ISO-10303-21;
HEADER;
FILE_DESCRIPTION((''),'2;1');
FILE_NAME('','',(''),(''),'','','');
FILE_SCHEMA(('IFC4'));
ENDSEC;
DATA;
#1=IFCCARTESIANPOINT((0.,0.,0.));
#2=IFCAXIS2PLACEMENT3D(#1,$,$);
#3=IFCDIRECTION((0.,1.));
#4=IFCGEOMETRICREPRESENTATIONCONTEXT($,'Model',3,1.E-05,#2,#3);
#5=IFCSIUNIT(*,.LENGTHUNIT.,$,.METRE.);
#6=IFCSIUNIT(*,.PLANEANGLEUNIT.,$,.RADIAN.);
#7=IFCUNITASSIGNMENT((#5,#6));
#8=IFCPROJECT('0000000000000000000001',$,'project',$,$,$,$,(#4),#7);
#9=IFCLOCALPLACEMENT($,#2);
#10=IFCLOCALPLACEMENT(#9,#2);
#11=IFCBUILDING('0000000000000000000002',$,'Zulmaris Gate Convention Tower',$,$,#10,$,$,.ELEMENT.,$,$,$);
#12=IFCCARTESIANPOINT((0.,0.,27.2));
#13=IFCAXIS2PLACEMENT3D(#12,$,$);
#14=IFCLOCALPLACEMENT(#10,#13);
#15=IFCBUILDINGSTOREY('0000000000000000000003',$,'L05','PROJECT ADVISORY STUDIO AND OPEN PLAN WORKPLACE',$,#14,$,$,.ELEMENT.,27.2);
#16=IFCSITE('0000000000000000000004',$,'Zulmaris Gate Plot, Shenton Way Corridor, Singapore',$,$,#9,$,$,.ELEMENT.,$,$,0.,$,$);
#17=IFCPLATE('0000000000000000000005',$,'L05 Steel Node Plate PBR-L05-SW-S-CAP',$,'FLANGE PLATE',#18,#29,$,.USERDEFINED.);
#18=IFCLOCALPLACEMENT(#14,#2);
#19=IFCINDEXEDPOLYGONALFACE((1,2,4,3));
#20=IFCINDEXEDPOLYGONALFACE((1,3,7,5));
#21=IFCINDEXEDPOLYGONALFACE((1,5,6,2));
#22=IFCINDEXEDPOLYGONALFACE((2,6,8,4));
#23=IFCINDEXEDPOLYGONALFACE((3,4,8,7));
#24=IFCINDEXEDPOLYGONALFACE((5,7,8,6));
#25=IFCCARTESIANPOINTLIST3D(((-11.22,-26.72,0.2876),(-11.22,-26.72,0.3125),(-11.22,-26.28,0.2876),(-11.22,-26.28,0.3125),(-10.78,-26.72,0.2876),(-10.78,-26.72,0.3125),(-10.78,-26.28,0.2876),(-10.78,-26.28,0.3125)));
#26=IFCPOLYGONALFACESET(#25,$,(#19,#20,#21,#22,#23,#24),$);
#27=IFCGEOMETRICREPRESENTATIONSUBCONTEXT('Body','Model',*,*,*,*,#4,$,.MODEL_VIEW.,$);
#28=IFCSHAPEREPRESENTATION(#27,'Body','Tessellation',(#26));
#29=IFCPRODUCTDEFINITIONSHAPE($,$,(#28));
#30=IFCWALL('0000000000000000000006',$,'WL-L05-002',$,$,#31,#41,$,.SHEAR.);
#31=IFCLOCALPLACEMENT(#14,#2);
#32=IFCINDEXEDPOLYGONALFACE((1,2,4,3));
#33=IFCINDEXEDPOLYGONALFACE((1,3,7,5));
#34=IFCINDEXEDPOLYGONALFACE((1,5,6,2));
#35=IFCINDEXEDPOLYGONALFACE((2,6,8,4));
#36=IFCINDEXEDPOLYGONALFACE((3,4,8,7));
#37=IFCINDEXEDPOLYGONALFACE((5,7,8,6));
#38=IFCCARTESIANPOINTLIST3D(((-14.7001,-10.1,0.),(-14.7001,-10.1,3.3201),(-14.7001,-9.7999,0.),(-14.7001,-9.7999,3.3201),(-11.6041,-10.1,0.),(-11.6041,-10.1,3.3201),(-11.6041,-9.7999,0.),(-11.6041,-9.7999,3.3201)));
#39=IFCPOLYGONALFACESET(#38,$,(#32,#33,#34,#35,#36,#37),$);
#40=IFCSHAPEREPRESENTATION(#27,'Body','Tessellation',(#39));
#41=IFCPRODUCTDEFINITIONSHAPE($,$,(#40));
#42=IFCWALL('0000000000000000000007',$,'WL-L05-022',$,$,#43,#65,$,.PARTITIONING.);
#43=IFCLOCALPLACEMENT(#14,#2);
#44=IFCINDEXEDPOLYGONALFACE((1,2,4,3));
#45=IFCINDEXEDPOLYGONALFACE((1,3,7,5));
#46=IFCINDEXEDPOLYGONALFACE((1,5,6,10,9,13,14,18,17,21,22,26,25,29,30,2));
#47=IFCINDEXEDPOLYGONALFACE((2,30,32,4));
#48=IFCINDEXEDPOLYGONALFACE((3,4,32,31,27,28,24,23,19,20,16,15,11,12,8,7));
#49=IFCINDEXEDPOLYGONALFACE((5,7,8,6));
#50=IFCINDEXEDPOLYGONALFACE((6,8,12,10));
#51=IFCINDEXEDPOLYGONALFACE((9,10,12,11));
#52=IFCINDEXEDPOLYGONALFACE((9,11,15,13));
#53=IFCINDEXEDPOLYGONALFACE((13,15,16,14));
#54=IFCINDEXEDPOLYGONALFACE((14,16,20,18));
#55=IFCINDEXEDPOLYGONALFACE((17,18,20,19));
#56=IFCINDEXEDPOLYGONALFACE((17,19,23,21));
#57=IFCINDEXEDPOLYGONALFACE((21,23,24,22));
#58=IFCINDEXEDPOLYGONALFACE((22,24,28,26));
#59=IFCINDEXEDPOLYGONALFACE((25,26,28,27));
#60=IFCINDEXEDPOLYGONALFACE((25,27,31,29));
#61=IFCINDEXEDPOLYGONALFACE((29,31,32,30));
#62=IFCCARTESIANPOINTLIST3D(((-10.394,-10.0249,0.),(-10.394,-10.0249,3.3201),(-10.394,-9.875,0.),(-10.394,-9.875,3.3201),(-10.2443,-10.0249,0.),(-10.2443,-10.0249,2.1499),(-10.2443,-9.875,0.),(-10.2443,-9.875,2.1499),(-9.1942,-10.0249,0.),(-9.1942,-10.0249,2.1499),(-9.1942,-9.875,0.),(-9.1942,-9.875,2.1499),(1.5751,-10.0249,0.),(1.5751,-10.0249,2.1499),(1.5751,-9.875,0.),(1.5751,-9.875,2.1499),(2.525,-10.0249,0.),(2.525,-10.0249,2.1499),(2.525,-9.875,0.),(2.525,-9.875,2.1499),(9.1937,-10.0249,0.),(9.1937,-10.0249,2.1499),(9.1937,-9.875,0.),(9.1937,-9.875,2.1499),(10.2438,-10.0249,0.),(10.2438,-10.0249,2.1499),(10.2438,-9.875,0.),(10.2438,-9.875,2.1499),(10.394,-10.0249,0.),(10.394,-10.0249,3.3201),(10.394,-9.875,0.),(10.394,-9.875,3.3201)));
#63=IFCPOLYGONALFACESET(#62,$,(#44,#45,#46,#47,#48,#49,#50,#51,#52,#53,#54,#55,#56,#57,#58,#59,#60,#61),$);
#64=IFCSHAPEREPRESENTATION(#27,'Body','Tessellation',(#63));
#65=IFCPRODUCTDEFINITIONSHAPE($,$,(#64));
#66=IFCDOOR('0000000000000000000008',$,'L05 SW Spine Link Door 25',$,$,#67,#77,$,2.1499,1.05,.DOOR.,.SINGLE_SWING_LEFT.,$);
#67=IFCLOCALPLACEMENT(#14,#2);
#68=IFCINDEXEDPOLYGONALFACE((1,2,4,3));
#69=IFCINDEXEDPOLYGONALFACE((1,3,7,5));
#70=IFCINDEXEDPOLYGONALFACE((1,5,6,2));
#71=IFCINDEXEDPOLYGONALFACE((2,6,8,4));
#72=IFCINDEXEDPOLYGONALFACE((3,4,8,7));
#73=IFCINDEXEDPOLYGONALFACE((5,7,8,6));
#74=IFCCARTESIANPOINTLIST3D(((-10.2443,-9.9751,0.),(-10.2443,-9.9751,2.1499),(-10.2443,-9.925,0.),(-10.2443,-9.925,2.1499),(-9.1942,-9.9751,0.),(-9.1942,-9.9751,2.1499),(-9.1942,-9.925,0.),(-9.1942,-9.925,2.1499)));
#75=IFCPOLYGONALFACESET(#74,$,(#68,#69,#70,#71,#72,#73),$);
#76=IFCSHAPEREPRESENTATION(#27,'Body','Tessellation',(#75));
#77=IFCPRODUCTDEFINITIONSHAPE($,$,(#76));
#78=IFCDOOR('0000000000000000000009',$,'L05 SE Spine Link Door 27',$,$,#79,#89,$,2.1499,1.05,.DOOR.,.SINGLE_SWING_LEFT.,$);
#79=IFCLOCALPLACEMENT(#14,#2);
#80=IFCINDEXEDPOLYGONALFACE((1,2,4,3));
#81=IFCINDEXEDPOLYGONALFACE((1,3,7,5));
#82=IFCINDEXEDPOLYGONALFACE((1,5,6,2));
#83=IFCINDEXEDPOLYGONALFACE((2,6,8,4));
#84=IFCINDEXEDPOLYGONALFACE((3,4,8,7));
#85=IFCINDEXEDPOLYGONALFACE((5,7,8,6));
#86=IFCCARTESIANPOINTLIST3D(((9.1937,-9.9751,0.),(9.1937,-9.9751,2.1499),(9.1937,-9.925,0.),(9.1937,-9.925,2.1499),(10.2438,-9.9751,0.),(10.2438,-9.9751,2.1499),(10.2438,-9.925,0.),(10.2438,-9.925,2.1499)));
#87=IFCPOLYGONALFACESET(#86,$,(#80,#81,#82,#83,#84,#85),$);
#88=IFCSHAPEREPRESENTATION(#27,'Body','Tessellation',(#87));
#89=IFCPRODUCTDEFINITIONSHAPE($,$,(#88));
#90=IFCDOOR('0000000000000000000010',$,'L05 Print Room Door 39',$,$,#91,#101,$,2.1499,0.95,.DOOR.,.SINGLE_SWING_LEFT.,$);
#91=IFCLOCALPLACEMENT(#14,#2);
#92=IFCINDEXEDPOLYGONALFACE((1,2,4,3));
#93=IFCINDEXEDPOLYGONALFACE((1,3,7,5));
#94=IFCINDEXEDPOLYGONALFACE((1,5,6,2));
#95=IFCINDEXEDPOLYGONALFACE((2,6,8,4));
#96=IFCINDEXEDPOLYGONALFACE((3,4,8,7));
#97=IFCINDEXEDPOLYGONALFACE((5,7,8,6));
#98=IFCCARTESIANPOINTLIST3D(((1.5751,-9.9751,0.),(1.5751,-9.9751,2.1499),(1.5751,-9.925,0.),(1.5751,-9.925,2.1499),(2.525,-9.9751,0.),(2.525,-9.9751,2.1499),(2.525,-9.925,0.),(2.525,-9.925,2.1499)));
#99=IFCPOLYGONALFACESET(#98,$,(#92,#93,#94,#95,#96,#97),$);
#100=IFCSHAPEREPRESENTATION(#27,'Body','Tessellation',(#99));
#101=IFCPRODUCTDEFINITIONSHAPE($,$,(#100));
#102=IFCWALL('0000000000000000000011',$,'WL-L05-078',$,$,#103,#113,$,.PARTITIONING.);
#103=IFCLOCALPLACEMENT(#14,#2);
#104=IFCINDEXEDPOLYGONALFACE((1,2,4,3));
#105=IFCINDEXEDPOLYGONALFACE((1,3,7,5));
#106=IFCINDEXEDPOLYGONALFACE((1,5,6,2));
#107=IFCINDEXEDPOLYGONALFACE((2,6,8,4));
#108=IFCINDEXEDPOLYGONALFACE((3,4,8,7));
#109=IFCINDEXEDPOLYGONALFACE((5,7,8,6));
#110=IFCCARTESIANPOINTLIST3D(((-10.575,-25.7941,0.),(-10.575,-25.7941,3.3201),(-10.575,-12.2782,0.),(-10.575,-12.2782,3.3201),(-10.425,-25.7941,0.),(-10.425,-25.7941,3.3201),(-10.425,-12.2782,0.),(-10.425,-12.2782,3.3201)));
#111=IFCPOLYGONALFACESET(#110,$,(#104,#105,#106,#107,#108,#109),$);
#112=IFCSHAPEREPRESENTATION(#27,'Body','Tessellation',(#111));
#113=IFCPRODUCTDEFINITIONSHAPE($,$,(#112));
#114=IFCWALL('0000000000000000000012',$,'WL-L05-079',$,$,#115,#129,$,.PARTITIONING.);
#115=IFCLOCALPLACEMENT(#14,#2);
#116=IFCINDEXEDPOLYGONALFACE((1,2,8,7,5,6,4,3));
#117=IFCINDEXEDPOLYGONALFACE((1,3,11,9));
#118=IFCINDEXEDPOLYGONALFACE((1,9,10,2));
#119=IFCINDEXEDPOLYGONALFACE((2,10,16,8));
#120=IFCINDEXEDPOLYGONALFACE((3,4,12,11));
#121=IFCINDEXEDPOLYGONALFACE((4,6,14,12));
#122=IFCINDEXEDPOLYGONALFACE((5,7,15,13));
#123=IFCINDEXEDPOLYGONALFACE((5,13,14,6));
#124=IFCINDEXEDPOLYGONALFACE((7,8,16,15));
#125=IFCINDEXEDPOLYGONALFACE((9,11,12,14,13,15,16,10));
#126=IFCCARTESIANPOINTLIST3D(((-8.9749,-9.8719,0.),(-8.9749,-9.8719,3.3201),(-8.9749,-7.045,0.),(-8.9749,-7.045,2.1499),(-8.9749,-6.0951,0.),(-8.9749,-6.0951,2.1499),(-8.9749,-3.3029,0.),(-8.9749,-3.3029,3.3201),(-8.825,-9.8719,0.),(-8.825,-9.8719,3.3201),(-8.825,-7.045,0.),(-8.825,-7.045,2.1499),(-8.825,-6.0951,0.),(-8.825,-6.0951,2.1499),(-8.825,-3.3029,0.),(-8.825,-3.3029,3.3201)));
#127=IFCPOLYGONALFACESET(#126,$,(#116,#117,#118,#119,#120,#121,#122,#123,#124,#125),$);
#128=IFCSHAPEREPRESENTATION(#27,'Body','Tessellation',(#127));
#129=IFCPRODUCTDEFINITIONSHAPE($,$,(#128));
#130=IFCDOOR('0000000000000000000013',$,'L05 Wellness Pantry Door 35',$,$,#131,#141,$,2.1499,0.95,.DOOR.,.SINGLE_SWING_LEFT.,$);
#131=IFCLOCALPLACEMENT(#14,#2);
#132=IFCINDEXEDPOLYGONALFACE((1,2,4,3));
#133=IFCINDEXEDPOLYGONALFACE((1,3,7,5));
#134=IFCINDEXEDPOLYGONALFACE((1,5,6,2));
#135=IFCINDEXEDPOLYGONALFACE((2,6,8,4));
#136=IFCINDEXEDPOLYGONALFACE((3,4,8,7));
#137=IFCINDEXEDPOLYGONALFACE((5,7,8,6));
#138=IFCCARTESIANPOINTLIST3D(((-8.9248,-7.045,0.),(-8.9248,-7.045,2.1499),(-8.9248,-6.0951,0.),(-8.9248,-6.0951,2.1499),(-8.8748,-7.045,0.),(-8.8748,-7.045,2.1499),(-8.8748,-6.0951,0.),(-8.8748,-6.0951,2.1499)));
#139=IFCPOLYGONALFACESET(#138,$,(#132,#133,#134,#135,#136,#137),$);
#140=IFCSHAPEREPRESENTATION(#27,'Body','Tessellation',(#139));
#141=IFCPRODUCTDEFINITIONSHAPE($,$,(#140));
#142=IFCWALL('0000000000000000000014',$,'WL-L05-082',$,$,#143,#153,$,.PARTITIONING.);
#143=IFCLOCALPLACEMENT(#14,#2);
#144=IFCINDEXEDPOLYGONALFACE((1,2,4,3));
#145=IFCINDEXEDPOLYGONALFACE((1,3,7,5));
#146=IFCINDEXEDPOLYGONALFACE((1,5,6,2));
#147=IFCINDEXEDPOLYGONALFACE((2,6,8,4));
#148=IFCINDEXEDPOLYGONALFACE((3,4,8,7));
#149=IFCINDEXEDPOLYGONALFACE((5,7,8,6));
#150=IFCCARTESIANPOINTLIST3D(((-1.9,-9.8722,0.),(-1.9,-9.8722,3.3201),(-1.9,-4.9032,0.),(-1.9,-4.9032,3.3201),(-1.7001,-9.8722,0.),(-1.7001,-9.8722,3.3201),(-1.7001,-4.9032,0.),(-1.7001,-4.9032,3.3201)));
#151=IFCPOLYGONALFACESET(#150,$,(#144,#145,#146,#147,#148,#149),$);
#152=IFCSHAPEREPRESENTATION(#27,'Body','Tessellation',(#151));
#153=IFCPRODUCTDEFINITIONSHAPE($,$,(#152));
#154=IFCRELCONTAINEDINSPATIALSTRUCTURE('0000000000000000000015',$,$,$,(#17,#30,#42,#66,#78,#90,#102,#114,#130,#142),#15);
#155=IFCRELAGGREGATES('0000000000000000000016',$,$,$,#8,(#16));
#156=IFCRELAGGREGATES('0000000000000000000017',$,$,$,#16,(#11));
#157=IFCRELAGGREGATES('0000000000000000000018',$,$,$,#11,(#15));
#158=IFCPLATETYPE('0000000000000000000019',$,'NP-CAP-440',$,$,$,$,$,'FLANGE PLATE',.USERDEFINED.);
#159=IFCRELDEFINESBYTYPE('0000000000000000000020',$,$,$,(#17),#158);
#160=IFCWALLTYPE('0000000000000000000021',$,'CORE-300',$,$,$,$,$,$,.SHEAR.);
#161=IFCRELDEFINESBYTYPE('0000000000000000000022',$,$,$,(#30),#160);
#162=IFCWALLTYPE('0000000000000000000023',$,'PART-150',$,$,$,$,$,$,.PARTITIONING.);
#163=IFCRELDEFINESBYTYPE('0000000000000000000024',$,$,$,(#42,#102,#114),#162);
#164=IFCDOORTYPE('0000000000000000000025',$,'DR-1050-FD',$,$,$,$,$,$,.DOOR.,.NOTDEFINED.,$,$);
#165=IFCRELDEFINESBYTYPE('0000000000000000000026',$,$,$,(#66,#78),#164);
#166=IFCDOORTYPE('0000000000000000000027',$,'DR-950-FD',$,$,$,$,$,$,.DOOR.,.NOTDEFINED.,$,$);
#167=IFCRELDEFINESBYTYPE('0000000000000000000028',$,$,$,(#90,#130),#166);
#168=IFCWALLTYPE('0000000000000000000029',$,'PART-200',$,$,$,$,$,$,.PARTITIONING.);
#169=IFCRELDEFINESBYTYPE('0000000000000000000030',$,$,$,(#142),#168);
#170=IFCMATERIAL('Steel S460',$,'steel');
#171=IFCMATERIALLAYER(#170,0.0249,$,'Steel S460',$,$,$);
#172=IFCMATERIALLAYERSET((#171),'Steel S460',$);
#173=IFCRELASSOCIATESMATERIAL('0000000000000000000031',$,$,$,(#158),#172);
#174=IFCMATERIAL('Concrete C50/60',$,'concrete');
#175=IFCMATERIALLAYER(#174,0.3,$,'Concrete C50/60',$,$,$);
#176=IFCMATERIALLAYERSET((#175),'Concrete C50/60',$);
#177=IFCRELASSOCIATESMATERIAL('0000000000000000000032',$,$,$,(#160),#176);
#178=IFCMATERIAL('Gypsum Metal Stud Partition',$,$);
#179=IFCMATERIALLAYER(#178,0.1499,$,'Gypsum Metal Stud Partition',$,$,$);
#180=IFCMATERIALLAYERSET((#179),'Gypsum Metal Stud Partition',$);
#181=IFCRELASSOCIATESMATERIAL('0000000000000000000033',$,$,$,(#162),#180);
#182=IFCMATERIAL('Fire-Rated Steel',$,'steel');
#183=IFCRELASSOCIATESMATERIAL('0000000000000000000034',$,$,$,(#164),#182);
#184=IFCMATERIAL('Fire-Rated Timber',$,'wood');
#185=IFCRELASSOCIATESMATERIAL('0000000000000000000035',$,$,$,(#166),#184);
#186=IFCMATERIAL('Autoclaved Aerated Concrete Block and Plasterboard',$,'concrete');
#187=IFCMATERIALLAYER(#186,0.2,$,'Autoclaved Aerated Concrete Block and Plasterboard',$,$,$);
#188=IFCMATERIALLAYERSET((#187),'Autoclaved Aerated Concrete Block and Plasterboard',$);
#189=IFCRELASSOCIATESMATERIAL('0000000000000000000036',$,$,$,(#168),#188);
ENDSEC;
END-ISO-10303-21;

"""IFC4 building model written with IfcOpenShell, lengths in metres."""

from ifc_helpers import new_model, si_unit, direction, frame, frame_2d, origin, origin_2d, place, context, subcontext, project, spatial, rectangle, extrude, material, layer, layer_set, type_object, element, fill, save


model = new_model("IFC4")

# Units and contexts
model_context = context("Model", 3, precision=1e-05, world=origin(), true_north=direction((0.0, 1.0)))
body_context = subcontext(model_context, "Body", "Model", "MODEL_VIEW")
ifc_project = project(units=[si_unit("LENGTHUNIT", "METRE"), si_unit("PLANEANGLEUNIT", "RADIAN")], contexts=[model_context])

# Site, building, storey
site_placement = place(None, origin())
site = spatial("IfcSite", under=ifc_project, at=site_placement, Name="Zulmaris Gate Plot, Shenton Way Corridor, Singapore", CompositionType="ELEMENT", RefElevation=0.0)
building_placement = place(site_placement, origin())
building = spatial("IfcBuilding", under=site, at=building_placement, Name="Zulmaris Gate Convention Tower", CompositionType="ELEMENT")
storey_placement = place(building_placement, frame((0.0, 0.0, 27.2)))
storey = spatial("IfcBuildingStorey", under=building, at=storey_placement, Name="L05", Description="PROJECT ADVISORY STUDIO AND OPEN PLAN WORKPLACE", CompositionType="ELEMENT", Elevation=27.2)

# Shared definitions
ifc_material_1 = material(Name="Steel S460", Category="steel")

# Plate
ifc_layer_1 = layer(ifc_material_1, 0.0249, Name="Steel S460")
ifc_layer_set_1 = layer_set([ifc_layer_1], Name="Steel S460")
plate_type = type_object("IfcPlateType", Name="NP-CAP-440", ElementType="FLANGE PLATE", PredefinedType="USERDEFINED", material=ifc_layer_set_1)
plate_placement = place(storey_placement, frame((-11.0, -26.5, 0.2876), z_axis=(0.0, 0.0, 1.0), x_axis=(1.0, 0.0, 0.0)))
element("IfcPlate", 1, at=plate_placement, inside=storey, type_object=plate_type, Name="L05 Steel Node Plate PBR-L05-SW-S-CAP", ObjectType="FLANGE PLATE", PredefinedType="USERDEFINED", context=body_context, shape_type="SweptSolid", body=[
    extrude(rectangle(XDim=0.4399, YDim=0.4399, at=origin_2d()), origin(), (0.0, 0.0, 1.0), 0.0249),
])

# Wall
ifc_material_2 = material(Name="Concrete C50/60", Category="concrete")
ifc_layer_2 = layer(ifc_material_2, 0.3, Name="Concrete C50/60")
ifc_layer_set_2 = layer_set([ifc_layer_2], Name="Concrete C50/60")
wall_type_1 = type_object("IfcWallType", Name="CORE-300", PredefinedType="SHEAR", material=ifc_layer_set_2)
wall_1_placement = place(storey_placement, frame((-14.7, -9.95, 0.0), z_axis=(0.0, 0.0, 1.0), x_axis=(1.0, 0.0, 0.0)))
element("IfcWall", 2, at=wall_1_placement, inside=storey, type_object=wall_type_1, Name="WL-L05-002", PredefinedType="SHEAR", context=body_context, shape_type="SweptSolid", body=[
    extrude(rectangle(XDim=3.0959, YDim=0.3, at=frame_2d((1.5479, 0.0))), origin(), (0.0, 0.0, 1.0), 3.3201),
])

# Wall, openings, doors
ifc_material_3 = material(Name="Gypsum Metal Stud Partition")
ifc_layer_3 = layer(ifc_material_3, 0.1499, Name="Gypsum Metal Stud Partition")
ifc_layer_set_3 = layer_set([ifc_layer_3], Name="Gypsum Metal Stud Partition")
wall_type_2 = type_object("IfcWallType", Name="PART-150", PredefinedType="PARTITIONING", material=ifc_layer_set_3)
wall_2_placement = place(storey_placement, frame((-10.394, -9.95, 0.0), z_axis=(0.0, 0.0, 1.0), x_axis=(1.0, 0.0, 0.0)))
wall_2 = element("IfcWall", 3, at=wall_2_placement, inside=storey, type_object=wall_type_2, Name="WL-L05-022", PredefinedType="PARTITIONING", context=body_context, shape_type="SweptSolid", body=[
    extrude(rectangle(XDim=20.7881, YDim=0.1499, at=frame_2d((10.394, 0.0))), origin(), (0.0, 0.0, 1.0), 3.3201),
])
opening_1_placement = place(wall_2_placement, frame((0.1499, 0.0, 0.0)))
opening_1 = element("IfcOpeningElement", 4, at=opening_1_placement, cuts=wall_2, PredefinedType="OPENING", context=body_context, shape_type="SweptSolid", body=[
    extrude(rectangle(XDim=1.05, YDim=2.1499, at=frame_2d((0.5249, 1.075))), frame((0.0, 0.085, 0.0), z_axis=(0.0, -1.0, 0.0), x_axis=(1.0, 0.0, 0.0)), (0.0, 0.0, 1.0), 0.1699),
])
opening_2_placement = place(wall_2_placement, frame((19.5879, 0.0, 0.0)))
opening_2 = element("IfcOpeningElement", 5, at=opening_2_placement, cuts=wall_2, PredefinedType="OPENING", context=body_context, shape_type="SweptSolid", body=[
    extrude(rectangle(XDim=1.05, YDim=2.1499, at=frame_2d((0.5249, 1.075))), frame((0.0, 0.085, 0.0), z_axis=(0.0, -1.0, 0.0), x_axis=(1.0, 0.0, 0.0)), (0.0, 0.0, 1.0), 0.1699),
])
opening_3_placement = place(wall_2_placement, frame((11.969, 0.0, 0.0)))
opening_3 = element("IfcOpeningElement", 6, at=opening_3_placement, cuts=wall_2, PredefinedType="OPENING", context=body_context, shape_type="SweptSolid", body=[
    extrude(rectangle(XDim=0.95, YDim=2.1499, at=frame_2d((0.4751, 1.075))), frame((0.0, 0.085, 0.0), z_axis=(0.0, -1.0, 0.0), x_axis=(1.0, 0.0, 0.0)), (0.0, 0.0, 1.0), 0.1699),
])
ifc_material_4 = material(Name="Fire-Rated Steel", Category="steel")
door_type_1 = type_object("IfcDoorType", Name="DR-1050-FD", OperationType="NOTDEFINED", PredefinedType="DOOR", material=ifc_material_4)
door_1_placement = place(opening_1_placement, origin())
door_1 = element("IfcDoor", 7, at=door_1_placement, inside=storey, type_object=door_type_1, Name="L05 SW Spine Link Door 25", OperationType="SINGLE_SWING_LEFT", OverallHeight=2.1499, OverallWidth=1.05, PredefinedType="DOOR", context=body_context, shape_type="SweptSolid", body=[
    extrude(rectangle(XDim=1.05, YDim=2.1499, at=frame_2d((0.5249, 1.075))), frame((0.0, 0.0249, 0.0), z_axis=(0.0, -1.0, 0.0), x_axis=(1.0, 0.0, 0.0)), (0.0, 0.0, 1.0), 0.05),
])
fill(opening_1, door_1)
door_2_placement = place(opening_2_placement, origin())
door_2 = element("IfcDoor", 8, at=door_2_placement, inside=storey, type_object=door_type_1, Name="L05 SE Spine Link Door 27", OperationType="SINGLE_SWING_LEFT", OverallHeight=2.1499, OverallWidth=1.05, PredefinedType="DOOR", context=body_context, shape_type="SweptSolid", body=[
    extrude(rectangle(XDim=1.05, YDim=2.1499, at=frame_2d((0.5249, 1.075))), frame((0.0, 0.0249, 0.0), z_axis=(0.0, -1.0, 0.0), x_axis=(1.0, 0.0, 0.0)), (0.0, 0.0, 1.0), 0.05),
])
fill(opening_2, door_2)
ifc_material_5 = material(Name="Fire-Rated Timber", Category="wood")
door_type_2 = type_object("IfcDoorType", Name="DR-950-FD", OperationType="NOTDEFINED", PredefinedType="DOOR", material=ifc_material_5)
door_3_placement = place(opening_3_placement, origin())
door_3 = element("IfcDoor", 9, at=door_3_placement, inside=storey, type_object=door_type_2, Name="L05 Print Room Door 39", OperationType="SINGLE_SWING_LEFT", OverallHeight=2.1499, OverallWidth=0.95, PredefinedType="DOOR", context=body_context, shape_type="SweptSolid", body=[
    extrude(rectangle(XDim=0.95, YDim=2.1499, at=frame_2d((0.4751, 1.075))), frame((0.0, 0.0249, 0.0), z_axis=(0.0, -1.0, 0.0), x_axis=(1.0, 0.0, 0.0)), (0.0, 0.0, 1.0), 0.05),
])
fill(opening_3, door_3)

# Wall
wall_3_placement = place(storey_placement, frame((-10.5, -25.7939, 0.0), z_axis=(0.0, 0.0, 1.0), x_axis=(0.0, 1.0, 0.0)))
element("IfcWall", 10, at=wall_3_placement, inside=storey, type_object=wall_type_2, Name="WL-L05-078", PredefinedType="PARTITIONING", context=body_context, shape_type="SweptSolid", body=[
    extrude(rectangle(XDim=13.5159, YDim=0.1499, at=frame_2d((6.7578, 0.0))), origin(), (0.0, 0.0, 1.0), 3.3201),
])

# Wall, opening, door
wall_4_placement = place(storey_placement, frame((-8.8999, -9.8721, 0.0), z_axis=(0.0, 0.0, 1.0), x_axis=(0.0, 1.0, 0.0)))
wall_4 = element("IfcWall", 11, at=wall_4_placement, inside=storey, type_object=wall_type_2, Name="WL-L05-079", PredefinedType="PARTITIONING", context=body_context, shape_type="SweptSolid", body=[
    extrude(rectangle(XDim=6.5691, YDim=0.1499, at=frame_2d((3.2847, 0.0))), origin(), (0.0, 0.0, 1.0), 3.3201),
])
opening_4_placement = place(wall_4_placement, frame((2.8269, 0.0, 0.0)))
opening_4 = element("IfcOpeningElement", 12, at=opening_4_placement, cuts=wall_4, PredefinedType="OPENING", context=body_context, shape_type="SweptSolid", body=[
    extrude(rectangle(XDim=0.95, YDim=2.1499, at=frame_2d((0.4751, 1.075))), frame((0.0, 0.085, 0.0), z_axis=(0.0, -1.0, 0.0), x_axis=(1.0, 0.0, 0.0)), (0.0, 0.0, 1.0), 0.1699),
])
door_4_placement = place(opening_4_placement, origin())
door_4 = element("IfcDoor", 13, at=door_4_placement, inside=storey, type_object=door_type_2, Name="L05 Wellness Pantry Door 35", OperationType="SINGLE_SWING_LEFT", OverallHeight=2.1499, OverallWidth=0.95, PredefinedType="DOOR", context=body_context, shape_type="SweptSolid", body=[
    extrude(rectangle(XDim=0.95, YDim=2.1499, at=frame_2d((0.4751, 1.075))), frame((0.0, 0.0249, 0.0), z_axis=(0.0, -1.0, 0.0), x_axis=(1.0, 0.0, 0.0)), (0.0, 0.0, 1.0), 0.05),
])
fill(opening_4, door_4)

# Wall
ifc_material_6 = material(Name="Autoclaved Aerated Concrete Block and Plasterboard", Category="concrete")
ifc_layer_4 = layer(ifc_material_6, 0.2, Name="Autoclaved Aerated Concrete Block and Plasterboard")
ifc_layer_set_4 = layer_set([ifc_layer_4], Name="Autoclaved Aerated Concrete Block and Plasterboard")
wall_type_3 = type_object("IfcWallType", Name="PART-200", PredefinedType="PARTITIONING", material=ifc_layer_set_4)
wall_5_placement = place(storey_placement, frame((-1.8, -9.8721, 0.0), z_axis=(0.0, 0.0, 1.0), x_axis=(0.0, 1.0, 0.0)))
element("IfcWall", 14, at=wall_5_placement, inside=storey, type_object=wall_type_3, Name="WL-L05-082", PredefinedType="PARTITIONING", context=body_context, shape_type="SweptSolid", body=[
    extrude(rectangle(XDim=4.969, YDim=0.2, at=frame_2d((2.4844, 0.0))), origin(), (0.0, 0.0, 1.0), 3.3201),
])

save(model, "model.ifc")
